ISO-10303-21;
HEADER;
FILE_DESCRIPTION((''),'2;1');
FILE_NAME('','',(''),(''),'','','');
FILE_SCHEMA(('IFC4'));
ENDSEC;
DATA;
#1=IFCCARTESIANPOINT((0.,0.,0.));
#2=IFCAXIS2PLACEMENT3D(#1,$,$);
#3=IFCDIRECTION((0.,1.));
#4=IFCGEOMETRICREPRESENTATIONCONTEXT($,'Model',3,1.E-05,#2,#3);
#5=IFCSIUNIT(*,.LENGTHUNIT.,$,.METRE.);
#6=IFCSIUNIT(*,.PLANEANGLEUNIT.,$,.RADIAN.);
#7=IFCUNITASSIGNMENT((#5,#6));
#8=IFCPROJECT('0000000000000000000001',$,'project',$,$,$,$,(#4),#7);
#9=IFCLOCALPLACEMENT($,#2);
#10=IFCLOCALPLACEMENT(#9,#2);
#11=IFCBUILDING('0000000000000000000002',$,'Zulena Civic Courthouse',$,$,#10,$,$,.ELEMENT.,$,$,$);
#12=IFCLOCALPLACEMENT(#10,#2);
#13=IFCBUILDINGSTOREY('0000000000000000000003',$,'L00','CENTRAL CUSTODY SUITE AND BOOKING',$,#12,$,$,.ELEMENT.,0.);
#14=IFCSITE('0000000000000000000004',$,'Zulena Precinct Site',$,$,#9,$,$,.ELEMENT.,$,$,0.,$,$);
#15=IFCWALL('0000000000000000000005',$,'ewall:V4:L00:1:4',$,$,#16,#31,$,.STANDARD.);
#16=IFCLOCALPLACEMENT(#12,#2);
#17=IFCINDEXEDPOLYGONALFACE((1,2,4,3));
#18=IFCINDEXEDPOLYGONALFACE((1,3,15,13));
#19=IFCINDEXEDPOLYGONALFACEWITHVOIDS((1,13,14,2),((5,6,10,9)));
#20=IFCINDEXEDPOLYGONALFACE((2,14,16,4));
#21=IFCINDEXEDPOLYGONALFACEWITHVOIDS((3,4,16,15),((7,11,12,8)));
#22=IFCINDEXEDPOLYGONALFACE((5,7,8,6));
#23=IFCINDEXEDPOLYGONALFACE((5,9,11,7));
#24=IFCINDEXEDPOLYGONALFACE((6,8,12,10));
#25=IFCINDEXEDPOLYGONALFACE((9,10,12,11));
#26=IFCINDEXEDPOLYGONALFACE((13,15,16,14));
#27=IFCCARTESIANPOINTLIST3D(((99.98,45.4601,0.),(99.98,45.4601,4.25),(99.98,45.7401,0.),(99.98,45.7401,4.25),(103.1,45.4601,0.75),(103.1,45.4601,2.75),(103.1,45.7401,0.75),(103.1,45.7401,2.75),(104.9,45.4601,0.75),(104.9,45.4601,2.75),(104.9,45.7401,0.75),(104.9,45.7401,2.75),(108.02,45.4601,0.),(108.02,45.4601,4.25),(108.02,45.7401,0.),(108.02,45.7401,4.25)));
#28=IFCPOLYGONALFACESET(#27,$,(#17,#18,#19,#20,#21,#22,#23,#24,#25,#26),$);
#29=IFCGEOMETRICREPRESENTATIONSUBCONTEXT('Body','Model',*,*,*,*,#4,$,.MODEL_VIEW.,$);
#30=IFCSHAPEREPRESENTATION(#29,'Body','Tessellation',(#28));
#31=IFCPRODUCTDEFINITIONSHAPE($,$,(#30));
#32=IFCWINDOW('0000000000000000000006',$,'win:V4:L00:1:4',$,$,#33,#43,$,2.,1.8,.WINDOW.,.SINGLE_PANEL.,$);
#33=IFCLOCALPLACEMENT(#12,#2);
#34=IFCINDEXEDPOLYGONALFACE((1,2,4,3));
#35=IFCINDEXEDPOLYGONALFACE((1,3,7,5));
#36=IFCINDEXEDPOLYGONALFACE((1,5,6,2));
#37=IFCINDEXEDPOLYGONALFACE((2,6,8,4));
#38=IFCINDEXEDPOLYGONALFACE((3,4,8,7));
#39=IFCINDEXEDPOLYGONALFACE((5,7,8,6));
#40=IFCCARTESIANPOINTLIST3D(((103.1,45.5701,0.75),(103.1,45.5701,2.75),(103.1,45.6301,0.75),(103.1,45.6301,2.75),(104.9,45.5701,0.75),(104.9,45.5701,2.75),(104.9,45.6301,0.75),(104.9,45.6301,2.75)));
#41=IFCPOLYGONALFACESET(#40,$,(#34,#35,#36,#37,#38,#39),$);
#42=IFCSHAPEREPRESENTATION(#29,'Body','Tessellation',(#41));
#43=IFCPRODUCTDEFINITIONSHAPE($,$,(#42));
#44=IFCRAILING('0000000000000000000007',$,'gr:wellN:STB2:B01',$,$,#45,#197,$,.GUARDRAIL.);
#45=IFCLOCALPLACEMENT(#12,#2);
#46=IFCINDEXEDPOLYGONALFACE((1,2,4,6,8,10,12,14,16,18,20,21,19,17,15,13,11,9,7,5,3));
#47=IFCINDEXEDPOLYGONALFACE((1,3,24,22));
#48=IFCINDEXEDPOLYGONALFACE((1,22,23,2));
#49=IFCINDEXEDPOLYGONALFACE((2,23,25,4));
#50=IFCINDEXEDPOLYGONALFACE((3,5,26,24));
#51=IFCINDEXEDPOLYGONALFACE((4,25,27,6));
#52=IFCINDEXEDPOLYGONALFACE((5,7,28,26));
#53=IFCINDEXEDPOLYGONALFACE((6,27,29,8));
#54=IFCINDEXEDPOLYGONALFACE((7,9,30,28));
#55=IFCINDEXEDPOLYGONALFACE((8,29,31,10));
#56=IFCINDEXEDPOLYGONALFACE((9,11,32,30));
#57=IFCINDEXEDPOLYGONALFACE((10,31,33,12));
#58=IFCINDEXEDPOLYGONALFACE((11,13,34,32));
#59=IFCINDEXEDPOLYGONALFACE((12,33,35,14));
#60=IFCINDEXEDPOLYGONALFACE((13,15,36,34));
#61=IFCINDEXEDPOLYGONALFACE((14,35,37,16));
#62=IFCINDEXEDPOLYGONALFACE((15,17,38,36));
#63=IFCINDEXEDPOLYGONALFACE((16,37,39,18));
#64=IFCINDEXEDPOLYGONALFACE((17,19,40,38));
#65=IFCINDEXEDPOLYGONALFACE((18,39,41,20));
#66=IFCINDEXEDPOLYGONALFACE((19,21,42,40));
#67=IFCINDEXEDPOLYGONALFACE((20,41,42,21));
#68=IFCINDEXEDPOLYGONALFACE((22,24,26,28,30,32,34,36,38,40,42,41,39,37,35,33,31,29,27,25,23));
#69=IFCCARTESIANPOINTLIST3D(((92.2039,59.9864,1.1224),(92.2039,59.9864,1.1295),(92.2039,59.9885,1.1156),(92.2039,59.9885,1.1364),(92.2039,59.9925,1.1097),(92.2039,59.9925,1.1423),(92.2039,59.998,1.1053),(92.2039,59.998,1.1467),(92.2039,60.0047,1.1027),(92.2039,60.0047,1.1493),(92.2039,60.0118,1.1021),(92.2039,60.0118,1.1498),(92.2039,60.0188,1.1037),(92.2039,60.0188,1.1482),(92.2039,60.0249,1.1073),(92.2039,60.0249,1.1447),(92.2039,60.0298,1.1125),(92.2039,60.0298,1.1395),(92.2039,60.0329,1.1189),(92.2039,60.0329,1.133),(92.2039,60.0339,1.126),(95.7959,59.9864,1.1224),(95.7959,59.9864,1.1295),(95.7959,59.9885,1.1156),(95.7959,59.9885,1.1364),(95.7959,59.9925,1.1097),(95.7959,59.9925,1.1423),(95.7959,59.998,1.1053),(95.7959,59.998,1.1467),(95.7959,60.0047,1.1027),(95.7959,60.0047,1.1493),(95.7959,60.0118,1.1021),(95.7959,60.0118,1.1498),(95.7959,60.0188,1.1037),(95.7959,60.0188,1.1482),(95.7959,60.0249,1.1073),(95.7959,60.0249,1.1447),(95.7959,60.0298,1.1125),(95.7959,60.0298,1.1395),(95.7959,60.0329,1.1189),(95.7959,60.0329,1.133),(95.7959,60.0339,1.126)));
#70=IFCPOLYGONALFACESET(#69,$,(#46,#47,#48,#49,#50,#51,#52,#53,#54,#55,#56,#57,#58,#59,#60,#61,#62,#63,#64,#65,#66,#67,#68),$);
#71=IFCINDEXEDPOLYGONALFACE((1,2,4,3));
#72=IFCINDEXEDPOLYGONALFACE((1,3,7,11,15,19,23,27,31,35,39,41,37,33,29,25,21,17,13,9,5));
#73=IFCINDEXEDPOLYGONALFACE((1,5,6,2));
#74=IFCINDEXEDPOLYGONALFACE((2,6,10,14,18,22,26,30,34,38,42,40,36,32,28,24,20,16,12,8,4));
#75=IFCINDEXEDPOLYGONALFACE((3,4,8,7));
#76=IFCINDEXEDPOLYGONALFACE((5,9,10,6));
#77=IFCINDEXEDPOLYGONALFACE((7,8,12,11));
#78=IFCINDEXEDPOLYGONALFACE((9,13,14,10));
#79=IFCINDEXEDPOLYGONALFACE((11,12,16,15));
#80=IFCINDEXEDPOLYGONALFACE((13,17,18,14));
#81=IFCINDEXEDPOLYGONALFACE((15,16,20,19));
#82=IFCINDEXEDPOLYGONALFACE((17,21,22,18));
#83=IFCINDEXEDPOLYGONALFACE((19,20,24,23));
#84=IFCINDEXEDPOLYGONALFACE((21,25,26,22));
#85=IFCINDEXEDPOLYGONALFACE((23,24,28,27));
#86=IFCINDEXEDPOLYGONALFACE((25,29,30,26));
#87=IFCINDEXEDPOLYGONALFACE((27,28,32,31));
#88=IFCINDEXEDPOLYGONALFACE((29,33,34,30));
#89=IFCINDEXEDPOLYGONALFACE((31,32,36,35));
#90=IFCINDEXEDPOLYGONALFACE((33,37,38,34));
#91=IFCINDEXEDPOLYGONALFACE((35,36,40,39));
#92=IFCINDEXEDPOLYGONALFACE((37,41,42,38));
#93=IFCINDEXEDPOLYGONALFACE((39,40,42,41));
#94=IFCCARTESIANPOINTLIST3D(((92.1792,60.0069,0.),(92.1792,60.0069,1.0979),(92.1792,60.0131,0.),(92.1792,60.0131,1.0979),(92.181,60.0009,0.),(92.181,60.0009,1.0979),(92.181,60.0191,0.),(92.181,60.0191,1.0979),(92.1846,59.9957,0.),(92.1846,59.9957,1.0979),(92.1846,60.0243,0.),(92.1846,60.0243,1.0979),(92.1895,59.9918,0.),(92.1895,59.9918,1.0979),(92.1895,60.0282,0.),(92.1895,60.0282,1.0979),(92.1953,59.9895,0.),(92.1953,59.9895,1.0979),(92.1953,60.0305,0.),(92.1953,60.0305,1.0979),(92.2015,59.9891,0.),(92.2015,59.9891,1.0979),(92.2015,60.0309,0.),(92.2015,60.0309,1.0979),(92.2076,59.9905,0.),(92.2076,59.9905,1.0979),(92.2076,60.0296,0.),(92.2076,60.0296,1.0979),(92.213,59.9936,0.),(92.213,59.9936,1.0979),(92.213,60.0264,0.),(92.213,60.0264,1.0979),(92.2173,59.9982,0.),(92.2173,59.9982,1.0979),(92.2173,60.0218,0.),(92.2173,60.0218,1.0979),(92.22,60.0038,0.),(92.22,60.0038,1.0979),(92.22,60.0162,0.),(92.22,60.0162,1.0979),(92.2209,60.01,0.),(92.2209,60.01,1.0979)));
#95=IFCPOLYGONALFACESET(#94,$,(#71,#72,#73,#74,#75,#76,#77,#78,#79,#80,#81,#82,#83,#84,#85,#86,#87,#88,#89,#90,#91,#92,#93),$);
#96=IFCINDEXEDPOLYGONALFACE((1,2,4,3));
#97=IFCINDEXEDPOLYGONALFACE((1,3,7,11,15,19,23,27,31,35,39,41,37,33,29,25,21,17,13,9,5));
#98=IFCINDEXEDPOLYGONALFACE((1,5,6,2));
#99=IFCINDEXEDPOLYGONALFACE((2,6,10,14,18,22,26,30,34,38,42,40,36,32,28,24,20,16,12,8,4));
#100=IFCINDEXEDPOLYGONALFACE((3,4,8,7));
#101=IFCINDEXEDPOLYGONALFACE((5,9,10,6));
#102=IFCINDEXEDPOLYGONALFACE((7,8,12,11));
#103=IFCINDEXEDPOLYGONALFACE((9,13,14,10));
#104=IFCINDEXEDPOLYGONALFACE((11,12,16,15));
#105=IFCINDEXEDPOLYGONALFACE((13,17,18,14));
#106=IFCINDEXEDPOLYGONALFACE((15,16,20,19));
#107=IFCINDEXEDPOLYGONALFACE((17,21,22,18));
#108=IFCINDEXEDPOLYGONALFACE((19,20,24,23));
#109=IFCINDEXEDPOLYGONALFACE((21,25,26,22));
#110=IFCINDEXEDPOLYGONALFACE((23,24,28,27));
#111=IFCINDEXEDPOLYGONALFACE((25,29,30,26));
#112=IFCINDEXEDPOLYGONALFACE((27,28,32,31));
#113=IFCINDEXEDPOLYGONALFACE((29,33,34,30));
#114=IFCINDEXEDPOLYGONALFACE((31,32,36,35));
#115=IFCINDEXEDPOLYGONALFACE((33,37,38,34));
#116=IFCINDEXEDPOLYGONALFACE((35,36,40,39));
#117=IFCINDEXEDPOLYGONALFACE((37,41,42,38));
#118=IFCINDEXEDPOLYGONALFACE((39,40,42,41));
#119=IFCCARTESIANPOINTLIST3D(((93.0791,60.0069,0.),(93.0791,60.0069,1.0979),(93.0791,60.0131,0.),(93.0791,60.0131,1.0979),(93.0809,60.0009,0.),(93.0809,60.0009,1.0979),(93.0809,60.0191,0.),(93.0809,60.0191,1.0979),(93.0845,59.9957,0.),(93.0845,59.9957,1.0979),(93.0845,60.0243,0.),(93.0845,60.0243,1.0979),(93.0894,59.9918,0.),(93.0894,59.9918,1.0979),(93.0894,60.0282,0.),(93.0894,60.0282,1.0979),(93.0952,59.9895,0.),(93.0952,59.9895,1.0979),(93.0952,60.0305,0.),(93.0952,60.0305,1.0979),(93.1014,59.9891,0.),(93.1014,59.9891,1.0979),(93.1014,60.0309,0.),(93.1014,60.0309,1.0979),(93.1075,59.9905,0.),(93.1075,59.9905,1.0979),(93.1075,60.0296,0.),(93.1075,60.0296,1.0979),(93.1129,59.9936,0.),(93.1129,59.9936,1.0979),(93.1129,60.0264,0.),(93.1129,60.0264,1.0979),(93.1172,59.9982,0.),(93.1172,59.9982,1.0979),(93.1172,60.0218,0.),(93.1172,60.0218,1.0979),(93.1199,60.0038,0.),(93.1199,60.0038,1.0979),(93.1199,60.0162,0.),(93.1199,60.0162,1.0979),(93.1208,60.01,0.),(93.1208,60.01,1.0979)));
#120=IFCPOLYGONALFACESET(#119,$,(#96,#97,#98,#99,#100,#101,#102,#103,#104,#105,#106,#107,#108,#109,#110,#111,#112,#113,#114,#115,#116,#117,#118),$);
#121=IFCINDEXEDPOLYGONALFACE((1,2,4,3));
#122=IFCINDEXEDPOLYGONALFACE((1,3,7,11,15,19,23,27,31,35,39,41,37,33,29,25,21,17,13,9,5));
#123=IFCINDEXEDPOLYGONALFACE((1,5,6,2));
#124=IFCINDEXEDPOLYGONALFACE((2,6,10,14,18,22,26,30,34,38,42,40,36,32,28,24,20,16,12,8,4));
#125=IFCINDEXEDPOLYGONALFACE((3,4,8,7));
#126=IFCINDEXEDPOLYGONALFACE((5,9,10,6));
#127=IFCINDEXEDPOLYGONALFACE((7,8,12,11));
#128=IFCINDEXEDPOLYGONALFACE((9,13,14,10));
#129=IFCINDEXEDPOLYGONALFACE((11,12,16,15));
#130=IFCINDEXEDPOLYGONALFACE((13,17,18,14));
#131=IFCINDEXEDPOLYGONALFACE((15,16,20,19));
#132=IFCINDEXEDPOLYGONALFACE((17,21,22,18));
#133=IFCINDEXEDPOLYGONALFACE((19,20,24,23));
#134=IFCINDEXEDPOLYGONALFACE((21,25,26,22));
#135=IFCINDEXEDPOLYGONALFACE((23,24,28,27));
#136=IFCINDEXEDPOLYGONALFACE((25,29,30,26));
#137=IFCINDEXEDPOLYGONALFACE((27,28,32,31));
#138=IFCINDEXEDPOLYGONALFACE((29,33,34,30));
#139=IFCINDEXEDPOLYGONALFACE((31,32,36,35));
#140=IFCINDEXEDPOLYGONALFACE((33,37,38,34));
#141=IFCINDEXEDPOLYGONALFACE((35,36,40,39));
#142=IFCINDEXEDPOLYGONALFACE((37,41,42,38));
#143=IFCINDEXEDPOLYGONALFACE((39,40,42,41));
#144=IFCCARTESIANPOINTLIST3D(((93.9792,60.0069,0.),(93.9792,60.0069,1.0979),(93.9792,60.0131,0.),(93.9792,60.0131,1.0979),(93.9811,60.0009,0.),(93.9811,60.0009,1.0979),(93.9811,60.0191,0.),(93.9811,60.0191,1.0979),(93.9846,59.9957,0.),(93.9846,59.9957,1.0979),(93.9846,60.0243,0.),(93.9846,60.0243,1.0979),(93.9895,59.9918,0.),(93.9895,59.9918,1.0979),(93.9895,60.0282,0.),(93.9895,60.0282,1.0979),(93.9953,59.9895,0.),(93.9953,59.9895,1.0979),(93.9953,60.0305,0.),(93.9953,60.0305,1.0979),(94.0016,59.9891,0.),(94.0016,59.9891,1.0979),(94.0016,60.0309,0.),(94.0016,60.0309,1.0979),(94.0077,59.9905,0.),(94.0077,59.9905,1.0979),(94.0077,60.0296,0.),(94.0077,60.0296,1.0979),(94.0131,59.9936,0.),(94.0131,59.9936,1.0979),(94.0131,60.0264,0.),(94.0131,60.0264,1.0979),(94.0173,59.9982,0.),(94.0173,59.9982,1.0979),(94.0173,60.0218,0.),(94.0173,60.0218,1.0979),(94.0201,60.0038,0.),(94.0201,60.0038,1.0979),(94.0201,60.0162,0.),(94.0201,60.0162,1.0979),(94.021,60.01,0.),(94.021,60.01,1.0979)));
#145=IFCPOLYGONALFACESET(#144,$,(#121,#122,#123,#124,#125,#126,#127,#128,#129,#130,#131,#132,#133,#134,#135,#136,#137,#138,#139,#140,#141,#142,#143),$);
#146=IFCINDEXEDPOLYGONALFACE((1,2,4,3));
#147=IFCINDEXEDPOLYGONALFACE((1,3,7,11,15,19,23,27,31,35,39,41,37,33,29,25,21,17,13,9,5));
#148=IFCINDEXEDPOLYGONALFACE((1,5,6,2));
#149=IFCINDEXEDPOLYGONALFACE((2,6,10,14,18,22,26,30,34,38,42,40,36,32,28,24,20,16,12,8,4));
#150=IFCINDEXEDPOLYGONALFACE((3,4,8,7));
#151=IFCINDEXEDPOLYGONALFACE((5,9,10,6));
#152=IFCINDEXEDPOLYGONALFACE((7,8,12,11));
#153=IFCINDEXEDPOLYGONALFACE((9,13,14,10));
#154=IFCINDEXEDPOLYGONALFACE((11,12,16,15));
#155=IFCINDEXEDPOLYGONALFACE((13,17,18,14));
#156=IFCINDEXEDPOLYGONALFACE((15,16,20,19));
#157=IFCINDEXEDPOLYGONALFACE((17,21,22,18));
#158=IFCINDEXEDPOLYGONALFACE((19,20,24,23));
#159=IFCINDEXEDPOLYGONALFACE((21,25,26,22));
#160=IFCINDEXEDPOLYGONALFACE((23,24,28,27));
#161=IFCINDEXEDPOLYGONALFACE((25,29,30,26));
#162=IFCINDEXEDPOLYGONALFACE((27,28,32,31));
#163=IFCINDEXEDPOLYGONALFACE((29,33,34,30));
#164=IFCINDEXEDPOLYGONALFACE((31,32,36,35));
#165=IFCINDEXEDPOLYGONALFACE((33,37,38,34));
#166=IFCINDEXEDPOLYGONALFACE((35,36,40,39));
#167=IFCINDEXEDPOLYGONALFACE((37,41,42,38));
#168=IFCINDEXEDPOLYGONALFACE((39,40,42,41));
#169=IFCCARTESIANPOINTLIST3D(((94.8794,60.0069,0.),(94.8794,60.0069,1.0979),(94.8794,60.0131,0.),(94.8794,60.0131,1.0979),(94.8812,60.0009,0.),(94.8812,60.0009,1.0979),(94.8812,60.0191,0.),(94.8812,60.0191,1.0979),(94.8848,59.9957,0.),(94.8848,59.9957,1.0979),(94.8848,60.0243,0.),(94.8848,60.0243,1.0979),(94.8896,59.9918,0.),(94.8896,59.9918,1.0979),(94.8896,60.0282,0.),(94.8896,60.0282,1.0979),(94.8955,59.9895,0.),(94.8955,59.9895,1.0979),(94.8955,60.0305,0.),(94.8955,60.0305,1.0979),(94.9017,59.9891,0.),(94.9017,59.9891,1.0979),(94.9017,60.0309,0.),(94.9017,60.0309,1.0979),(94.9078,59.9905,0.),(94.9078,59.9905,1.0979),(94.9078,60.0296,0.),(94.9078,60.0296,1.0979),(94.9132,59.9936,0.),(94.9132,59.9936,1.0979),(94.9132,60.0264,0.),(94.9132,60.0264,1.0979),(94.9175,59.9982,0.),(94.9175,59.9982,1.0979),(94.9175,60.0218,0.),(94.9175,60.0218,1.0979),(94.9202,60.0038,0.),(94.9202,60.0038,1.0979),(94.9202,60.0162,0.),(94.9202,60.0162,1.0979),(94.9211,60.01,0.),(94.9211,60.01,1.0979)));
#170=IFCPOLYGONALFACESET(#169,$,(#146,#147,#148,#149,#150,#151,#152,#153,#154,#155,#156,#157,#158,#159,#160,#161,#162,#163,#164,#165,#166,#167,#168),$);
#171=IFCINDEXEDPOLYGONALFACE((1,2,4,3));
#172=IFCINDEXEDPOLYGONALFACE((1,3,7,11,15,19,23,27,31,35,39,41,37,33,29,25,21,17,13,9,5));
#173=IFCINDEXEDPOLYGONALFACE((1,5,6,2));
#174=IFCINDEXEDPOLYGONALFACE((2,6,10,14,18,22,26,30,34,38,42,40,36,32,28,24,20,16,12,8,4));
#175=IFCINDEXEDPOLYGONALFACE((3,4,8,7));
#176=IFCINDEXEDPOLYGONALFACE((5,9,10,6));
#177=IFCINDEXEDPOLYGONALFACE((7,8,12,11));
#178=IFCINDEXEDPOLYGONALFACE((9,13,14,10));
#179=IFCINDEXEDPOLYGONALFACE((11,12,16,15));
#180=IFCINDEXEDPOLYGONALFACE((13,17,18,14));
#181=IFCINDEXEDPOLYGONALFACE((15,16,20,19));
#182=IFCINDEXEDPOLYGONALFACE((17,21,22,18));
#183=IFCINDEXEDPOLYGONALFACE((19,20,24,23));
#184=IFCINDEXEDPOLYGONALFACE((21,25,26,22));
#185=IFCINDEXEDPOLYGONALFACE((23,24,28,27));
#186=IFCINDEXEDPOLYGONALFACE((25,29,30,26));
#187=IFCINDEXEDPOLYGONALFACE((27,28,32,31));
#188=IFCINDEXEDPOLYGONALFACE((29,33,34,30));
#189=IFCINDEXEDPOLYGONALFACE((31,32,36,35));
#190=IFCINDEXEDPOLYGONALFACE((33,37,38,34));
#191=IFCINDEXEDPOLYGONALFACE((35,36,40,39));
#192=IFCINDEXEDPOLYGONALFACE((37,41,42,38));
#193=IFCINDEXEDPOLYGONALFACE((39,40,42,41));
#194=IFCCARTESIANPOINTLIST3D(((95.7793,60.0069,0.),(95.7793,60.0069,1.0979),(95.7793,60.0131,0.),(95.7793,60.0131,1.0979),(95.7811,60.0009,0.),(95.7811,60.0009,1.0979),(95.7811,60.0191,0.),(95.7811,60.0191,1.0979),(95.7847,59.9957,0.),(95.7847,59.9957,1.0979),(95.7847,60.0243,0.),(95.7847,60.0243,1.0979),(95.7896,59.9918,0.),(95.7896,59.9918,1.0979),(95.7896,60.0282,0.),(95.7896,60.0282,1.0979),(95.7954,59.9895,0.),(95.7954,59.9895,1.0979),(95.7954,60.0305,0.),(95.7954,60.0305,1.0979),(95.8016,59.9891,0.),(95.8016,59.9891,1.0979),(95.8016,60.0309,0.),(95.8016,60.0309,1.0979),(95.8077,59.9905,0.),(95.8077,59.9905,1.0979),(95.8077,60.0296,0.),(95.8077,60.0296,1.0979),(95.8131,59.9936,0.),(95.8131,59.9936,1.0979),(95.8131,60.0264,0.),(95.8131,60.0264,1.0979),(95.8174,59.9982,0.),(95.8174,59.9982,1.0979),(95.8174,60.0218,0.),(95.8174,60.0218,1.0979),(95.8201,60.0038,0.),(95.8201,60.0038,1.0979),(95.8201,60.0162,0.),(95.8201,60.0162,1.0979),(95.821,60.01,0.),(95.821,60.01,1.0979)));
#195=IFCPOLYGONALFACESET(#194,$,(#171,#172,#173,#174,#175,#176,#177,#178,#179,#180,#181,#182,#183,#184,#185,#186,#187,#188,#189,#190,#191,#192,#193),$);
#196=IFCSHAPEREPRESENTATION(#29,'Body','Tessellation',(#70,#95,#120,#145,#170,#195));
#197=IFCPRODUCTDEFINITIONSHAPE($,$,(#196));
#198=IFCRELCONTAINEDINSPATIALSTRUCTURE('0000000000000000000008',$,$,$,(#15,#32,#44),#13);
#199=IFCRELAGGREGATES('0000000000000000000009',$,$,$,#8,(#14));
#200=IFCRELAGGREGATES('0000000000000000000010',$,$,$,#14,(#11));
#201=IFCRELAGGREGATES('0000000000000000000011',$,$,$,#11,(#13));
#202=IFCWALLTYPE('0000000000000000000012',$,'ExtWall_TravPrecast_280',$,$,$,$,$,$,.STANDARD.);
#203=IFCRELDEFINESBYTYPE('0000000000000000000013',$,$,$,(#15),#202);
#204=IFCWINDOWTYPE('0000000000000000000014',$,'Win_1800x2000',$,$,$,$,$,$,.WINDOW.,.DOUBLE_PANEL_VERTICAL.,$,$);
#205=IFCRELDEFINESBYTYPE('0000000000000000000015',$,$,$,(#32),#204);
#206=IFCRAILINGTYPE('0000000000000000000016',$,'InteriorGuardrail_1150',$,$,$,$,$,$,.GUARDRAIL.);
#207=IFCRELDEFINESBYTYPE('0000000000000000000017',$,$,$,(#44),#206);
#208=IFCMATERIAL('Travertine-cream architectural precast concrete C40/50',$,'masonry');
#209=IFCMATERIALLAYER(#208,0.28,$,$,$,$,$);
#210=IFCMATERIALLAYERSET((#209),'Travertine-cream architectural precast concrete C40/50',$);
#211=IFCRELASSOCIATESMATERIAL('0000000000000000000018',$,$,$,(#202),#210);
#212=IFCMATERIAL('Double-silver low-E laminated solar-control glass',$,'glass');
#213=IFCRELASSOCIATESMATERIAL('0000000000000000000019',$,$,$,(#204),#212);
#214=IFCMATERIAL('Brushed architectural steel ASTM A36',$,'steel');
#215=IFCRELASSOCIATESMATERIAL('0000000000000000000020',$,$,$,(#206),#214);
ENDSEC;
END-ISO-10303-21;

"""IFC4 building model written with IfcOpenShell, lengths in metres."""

from ifc_helpers import new_model, si_unit, direction, frame, frame_2d, origin, origin_2d, place, context, subcontext, project, spatial, rectangle, circle, extrude, material, layer, layer_set, type_object, element, fill, save


model = new_model("IFC4")

# Units and contexts
model_context = context("Model", 3, precision=1e-05, world=origin(), true_north=direction((0.0, 1.0)))
body_context = subcontext(model_context, "Body", "Model", "MODEL_VIEW")
ifc_project = project(units=[si_unit("LENGTHUNIT", "METRE"), si_unit("PLANEANGLEUNIT", "RADIAN")], contexts=[model_context])

# Site, building, storey
site_placement = place(None, origin())
site = spatial("IfcSite", under=ifc_project, at=site_placement, Name="Zulena Precinct Site", CompositionType="ELEMENT", RefElevation=0.0)
building_placement = place(site_placement, origin())
building = spatial("IfcBuilding", under=site, at=building_placement, Name="Zulena Civic Courthouse", CompositionType="ELEMENT")
storey_placement = place(building_placement, origin())
storey = spatial("IfcBuildingStorey", under=building, at=storey_placement, Name="L00", Description="CENTRAL CUSTODY SUITE AND BOOKING", CompositionType="ELEMENT", Elevation=0.0)

# Wall, opening, window
ifc_material_1 = material(Name="Travertine-cream architectural precast concrete C40/50", Category="masonry")
ifc_layer_1 = layer(ifc_material_1, 0.28)
ifc_layer_set_1 = layer_set([ifc_layer_1], Name="Travertine-cream architectural precast concrete C40/50")
wall_type_1 = type_object("IfcWallType", Name="ExtWall_TravPrecast_280", PredefinedType="STANDARD", material=ifc_layer_set_1)
wall_1_placement = place(storey_placement, frame((99.98, 45.6001, 0.0), z_axis=(0.0, 0.0, 1.0), x_axis=(1.0, 0.0, 0.0)))
wall_1 = element("IfcWall", 1, at=wall_1_placement, inside=storey, type_object=wall_type_1, Name="ewall:V4:L00:1:4", PredefinedType="STANDARD", context=body_context, shape_type="SweptSolid", body=[
    extrude(rectangle(XDim=8.04, YDim=0.28, at=frame_2d((4.02, 0.0))), origin(), (0.0, 0.0, 1.0), 4.25),
])
opening_1_placement = place(wall_1_placement, frame((3.1201, 0.0, 0.75)))
opening_1 = element("IfcOpeningElement", 2, at=opening_1_placement, cuts=wall_1, PredefinedType="OPENING", context=body_context, shape_type="SweptSolid", body=[
    extrude(rectangle(XDim=1.8, YDim=2.0, at=frame_2d((0.8999, 1.0))), frame((0.0, 0.1499, 0.0), z_axis=(0.0, -1.0, 0.0), x_axis=(1.0, 0.0, 0.0)), (0.0, 0.0, 1.0), 0.3),
])
ifc_material_2 = material(Name="Double-silver low-E laminated solar-control glass", Category="glass")
window_type = type_object("IfcWindowType", Name="Win_1800x2000", PartitioningType="DOUBLE_PANEL_VERTICAL", PredefinedType="WINDOW", material=ifc_material_2)
window_placement = place(opening_1_placement, origin())
window = element("IfcWindow", 3, at=window_placement, inside=storey, type_object=window_type, Name="win:V4:L00:1:4", OverallHeight=2.0, OverallWidth=1.8, PartitioningType="SINGLE_PANEL", PredefinedType="WINDOW", context=body_context, shape_type="SweptSolid", body=[
    extrude(rectangle(XDim=1.8, YDim=2.0, at=frame_2d((0.8999, 1.0))), frame((0.0, 0.03, 0.0), z_axis=(0.0, -1.0, 0.0), x_axis=(1.0, 0.0, 0.0)), (0.0, 0.0, 1.0), 0.0601),
])
fill(opening_1, window)

# Railing
ifc_material_3 = material(Name="Brushed architectural steel ASTM A36", Category="steel")
railing_type = type_object("IfcRailingType", Name="InteriorGuardrail_1150", PredefinedType="GUARDRAIL", material=ifc_material_3)
railing_1_placement = place(storey_placement, frame((92.2, 60.01, 0.0)))
element("IfcRailing", 4, at=railing_1_placement, inside=storey, type_object=railing_type, Name="gr:wellN:STB2:B01", PredefinedType="GUARDRAIL", context=body_context, shape_type="SweptSolid", body=[
    extrude(circle(Radius=0.0239, at=origin_2d()), frame((0.0039, 0.0, 1.126), z_axis=(1.0, 0.0, 0.0), x_axis=(0.0, 1.0, 0.0)), (0.0, 0.0, 1.0), 3.592),
    extrude(circle(Radius=0.021, at=origin_2d()), origin(), (0.0, 0.0, 1.0), 1.0979),
    extrude(circle(Radius=0.021, at=origin_2d()), frame((0.8999, 0.0, 0.0)), (0.0, 0.0, 1.0), 1.0979),
    extrude(circle(Radius=0.021, at=origin_2d()), frame((1.8, 0.0, 0.0)), (0.0, 0.0, 1.0), 1.0979),
    extrude(circle(Radius=0.021, at=origin_2d()), frame((2.7002, 0.0, 0.0)), (0.0, 0.0, 1.0), 1.0979),
    extrude(circle(Radius=0.021, at=origin_2d()), frame((3.6001, 0.0, 0.0)), (0.0, 0.0, 1.0), 1.0979),
])

save(model, "model.ifc")
